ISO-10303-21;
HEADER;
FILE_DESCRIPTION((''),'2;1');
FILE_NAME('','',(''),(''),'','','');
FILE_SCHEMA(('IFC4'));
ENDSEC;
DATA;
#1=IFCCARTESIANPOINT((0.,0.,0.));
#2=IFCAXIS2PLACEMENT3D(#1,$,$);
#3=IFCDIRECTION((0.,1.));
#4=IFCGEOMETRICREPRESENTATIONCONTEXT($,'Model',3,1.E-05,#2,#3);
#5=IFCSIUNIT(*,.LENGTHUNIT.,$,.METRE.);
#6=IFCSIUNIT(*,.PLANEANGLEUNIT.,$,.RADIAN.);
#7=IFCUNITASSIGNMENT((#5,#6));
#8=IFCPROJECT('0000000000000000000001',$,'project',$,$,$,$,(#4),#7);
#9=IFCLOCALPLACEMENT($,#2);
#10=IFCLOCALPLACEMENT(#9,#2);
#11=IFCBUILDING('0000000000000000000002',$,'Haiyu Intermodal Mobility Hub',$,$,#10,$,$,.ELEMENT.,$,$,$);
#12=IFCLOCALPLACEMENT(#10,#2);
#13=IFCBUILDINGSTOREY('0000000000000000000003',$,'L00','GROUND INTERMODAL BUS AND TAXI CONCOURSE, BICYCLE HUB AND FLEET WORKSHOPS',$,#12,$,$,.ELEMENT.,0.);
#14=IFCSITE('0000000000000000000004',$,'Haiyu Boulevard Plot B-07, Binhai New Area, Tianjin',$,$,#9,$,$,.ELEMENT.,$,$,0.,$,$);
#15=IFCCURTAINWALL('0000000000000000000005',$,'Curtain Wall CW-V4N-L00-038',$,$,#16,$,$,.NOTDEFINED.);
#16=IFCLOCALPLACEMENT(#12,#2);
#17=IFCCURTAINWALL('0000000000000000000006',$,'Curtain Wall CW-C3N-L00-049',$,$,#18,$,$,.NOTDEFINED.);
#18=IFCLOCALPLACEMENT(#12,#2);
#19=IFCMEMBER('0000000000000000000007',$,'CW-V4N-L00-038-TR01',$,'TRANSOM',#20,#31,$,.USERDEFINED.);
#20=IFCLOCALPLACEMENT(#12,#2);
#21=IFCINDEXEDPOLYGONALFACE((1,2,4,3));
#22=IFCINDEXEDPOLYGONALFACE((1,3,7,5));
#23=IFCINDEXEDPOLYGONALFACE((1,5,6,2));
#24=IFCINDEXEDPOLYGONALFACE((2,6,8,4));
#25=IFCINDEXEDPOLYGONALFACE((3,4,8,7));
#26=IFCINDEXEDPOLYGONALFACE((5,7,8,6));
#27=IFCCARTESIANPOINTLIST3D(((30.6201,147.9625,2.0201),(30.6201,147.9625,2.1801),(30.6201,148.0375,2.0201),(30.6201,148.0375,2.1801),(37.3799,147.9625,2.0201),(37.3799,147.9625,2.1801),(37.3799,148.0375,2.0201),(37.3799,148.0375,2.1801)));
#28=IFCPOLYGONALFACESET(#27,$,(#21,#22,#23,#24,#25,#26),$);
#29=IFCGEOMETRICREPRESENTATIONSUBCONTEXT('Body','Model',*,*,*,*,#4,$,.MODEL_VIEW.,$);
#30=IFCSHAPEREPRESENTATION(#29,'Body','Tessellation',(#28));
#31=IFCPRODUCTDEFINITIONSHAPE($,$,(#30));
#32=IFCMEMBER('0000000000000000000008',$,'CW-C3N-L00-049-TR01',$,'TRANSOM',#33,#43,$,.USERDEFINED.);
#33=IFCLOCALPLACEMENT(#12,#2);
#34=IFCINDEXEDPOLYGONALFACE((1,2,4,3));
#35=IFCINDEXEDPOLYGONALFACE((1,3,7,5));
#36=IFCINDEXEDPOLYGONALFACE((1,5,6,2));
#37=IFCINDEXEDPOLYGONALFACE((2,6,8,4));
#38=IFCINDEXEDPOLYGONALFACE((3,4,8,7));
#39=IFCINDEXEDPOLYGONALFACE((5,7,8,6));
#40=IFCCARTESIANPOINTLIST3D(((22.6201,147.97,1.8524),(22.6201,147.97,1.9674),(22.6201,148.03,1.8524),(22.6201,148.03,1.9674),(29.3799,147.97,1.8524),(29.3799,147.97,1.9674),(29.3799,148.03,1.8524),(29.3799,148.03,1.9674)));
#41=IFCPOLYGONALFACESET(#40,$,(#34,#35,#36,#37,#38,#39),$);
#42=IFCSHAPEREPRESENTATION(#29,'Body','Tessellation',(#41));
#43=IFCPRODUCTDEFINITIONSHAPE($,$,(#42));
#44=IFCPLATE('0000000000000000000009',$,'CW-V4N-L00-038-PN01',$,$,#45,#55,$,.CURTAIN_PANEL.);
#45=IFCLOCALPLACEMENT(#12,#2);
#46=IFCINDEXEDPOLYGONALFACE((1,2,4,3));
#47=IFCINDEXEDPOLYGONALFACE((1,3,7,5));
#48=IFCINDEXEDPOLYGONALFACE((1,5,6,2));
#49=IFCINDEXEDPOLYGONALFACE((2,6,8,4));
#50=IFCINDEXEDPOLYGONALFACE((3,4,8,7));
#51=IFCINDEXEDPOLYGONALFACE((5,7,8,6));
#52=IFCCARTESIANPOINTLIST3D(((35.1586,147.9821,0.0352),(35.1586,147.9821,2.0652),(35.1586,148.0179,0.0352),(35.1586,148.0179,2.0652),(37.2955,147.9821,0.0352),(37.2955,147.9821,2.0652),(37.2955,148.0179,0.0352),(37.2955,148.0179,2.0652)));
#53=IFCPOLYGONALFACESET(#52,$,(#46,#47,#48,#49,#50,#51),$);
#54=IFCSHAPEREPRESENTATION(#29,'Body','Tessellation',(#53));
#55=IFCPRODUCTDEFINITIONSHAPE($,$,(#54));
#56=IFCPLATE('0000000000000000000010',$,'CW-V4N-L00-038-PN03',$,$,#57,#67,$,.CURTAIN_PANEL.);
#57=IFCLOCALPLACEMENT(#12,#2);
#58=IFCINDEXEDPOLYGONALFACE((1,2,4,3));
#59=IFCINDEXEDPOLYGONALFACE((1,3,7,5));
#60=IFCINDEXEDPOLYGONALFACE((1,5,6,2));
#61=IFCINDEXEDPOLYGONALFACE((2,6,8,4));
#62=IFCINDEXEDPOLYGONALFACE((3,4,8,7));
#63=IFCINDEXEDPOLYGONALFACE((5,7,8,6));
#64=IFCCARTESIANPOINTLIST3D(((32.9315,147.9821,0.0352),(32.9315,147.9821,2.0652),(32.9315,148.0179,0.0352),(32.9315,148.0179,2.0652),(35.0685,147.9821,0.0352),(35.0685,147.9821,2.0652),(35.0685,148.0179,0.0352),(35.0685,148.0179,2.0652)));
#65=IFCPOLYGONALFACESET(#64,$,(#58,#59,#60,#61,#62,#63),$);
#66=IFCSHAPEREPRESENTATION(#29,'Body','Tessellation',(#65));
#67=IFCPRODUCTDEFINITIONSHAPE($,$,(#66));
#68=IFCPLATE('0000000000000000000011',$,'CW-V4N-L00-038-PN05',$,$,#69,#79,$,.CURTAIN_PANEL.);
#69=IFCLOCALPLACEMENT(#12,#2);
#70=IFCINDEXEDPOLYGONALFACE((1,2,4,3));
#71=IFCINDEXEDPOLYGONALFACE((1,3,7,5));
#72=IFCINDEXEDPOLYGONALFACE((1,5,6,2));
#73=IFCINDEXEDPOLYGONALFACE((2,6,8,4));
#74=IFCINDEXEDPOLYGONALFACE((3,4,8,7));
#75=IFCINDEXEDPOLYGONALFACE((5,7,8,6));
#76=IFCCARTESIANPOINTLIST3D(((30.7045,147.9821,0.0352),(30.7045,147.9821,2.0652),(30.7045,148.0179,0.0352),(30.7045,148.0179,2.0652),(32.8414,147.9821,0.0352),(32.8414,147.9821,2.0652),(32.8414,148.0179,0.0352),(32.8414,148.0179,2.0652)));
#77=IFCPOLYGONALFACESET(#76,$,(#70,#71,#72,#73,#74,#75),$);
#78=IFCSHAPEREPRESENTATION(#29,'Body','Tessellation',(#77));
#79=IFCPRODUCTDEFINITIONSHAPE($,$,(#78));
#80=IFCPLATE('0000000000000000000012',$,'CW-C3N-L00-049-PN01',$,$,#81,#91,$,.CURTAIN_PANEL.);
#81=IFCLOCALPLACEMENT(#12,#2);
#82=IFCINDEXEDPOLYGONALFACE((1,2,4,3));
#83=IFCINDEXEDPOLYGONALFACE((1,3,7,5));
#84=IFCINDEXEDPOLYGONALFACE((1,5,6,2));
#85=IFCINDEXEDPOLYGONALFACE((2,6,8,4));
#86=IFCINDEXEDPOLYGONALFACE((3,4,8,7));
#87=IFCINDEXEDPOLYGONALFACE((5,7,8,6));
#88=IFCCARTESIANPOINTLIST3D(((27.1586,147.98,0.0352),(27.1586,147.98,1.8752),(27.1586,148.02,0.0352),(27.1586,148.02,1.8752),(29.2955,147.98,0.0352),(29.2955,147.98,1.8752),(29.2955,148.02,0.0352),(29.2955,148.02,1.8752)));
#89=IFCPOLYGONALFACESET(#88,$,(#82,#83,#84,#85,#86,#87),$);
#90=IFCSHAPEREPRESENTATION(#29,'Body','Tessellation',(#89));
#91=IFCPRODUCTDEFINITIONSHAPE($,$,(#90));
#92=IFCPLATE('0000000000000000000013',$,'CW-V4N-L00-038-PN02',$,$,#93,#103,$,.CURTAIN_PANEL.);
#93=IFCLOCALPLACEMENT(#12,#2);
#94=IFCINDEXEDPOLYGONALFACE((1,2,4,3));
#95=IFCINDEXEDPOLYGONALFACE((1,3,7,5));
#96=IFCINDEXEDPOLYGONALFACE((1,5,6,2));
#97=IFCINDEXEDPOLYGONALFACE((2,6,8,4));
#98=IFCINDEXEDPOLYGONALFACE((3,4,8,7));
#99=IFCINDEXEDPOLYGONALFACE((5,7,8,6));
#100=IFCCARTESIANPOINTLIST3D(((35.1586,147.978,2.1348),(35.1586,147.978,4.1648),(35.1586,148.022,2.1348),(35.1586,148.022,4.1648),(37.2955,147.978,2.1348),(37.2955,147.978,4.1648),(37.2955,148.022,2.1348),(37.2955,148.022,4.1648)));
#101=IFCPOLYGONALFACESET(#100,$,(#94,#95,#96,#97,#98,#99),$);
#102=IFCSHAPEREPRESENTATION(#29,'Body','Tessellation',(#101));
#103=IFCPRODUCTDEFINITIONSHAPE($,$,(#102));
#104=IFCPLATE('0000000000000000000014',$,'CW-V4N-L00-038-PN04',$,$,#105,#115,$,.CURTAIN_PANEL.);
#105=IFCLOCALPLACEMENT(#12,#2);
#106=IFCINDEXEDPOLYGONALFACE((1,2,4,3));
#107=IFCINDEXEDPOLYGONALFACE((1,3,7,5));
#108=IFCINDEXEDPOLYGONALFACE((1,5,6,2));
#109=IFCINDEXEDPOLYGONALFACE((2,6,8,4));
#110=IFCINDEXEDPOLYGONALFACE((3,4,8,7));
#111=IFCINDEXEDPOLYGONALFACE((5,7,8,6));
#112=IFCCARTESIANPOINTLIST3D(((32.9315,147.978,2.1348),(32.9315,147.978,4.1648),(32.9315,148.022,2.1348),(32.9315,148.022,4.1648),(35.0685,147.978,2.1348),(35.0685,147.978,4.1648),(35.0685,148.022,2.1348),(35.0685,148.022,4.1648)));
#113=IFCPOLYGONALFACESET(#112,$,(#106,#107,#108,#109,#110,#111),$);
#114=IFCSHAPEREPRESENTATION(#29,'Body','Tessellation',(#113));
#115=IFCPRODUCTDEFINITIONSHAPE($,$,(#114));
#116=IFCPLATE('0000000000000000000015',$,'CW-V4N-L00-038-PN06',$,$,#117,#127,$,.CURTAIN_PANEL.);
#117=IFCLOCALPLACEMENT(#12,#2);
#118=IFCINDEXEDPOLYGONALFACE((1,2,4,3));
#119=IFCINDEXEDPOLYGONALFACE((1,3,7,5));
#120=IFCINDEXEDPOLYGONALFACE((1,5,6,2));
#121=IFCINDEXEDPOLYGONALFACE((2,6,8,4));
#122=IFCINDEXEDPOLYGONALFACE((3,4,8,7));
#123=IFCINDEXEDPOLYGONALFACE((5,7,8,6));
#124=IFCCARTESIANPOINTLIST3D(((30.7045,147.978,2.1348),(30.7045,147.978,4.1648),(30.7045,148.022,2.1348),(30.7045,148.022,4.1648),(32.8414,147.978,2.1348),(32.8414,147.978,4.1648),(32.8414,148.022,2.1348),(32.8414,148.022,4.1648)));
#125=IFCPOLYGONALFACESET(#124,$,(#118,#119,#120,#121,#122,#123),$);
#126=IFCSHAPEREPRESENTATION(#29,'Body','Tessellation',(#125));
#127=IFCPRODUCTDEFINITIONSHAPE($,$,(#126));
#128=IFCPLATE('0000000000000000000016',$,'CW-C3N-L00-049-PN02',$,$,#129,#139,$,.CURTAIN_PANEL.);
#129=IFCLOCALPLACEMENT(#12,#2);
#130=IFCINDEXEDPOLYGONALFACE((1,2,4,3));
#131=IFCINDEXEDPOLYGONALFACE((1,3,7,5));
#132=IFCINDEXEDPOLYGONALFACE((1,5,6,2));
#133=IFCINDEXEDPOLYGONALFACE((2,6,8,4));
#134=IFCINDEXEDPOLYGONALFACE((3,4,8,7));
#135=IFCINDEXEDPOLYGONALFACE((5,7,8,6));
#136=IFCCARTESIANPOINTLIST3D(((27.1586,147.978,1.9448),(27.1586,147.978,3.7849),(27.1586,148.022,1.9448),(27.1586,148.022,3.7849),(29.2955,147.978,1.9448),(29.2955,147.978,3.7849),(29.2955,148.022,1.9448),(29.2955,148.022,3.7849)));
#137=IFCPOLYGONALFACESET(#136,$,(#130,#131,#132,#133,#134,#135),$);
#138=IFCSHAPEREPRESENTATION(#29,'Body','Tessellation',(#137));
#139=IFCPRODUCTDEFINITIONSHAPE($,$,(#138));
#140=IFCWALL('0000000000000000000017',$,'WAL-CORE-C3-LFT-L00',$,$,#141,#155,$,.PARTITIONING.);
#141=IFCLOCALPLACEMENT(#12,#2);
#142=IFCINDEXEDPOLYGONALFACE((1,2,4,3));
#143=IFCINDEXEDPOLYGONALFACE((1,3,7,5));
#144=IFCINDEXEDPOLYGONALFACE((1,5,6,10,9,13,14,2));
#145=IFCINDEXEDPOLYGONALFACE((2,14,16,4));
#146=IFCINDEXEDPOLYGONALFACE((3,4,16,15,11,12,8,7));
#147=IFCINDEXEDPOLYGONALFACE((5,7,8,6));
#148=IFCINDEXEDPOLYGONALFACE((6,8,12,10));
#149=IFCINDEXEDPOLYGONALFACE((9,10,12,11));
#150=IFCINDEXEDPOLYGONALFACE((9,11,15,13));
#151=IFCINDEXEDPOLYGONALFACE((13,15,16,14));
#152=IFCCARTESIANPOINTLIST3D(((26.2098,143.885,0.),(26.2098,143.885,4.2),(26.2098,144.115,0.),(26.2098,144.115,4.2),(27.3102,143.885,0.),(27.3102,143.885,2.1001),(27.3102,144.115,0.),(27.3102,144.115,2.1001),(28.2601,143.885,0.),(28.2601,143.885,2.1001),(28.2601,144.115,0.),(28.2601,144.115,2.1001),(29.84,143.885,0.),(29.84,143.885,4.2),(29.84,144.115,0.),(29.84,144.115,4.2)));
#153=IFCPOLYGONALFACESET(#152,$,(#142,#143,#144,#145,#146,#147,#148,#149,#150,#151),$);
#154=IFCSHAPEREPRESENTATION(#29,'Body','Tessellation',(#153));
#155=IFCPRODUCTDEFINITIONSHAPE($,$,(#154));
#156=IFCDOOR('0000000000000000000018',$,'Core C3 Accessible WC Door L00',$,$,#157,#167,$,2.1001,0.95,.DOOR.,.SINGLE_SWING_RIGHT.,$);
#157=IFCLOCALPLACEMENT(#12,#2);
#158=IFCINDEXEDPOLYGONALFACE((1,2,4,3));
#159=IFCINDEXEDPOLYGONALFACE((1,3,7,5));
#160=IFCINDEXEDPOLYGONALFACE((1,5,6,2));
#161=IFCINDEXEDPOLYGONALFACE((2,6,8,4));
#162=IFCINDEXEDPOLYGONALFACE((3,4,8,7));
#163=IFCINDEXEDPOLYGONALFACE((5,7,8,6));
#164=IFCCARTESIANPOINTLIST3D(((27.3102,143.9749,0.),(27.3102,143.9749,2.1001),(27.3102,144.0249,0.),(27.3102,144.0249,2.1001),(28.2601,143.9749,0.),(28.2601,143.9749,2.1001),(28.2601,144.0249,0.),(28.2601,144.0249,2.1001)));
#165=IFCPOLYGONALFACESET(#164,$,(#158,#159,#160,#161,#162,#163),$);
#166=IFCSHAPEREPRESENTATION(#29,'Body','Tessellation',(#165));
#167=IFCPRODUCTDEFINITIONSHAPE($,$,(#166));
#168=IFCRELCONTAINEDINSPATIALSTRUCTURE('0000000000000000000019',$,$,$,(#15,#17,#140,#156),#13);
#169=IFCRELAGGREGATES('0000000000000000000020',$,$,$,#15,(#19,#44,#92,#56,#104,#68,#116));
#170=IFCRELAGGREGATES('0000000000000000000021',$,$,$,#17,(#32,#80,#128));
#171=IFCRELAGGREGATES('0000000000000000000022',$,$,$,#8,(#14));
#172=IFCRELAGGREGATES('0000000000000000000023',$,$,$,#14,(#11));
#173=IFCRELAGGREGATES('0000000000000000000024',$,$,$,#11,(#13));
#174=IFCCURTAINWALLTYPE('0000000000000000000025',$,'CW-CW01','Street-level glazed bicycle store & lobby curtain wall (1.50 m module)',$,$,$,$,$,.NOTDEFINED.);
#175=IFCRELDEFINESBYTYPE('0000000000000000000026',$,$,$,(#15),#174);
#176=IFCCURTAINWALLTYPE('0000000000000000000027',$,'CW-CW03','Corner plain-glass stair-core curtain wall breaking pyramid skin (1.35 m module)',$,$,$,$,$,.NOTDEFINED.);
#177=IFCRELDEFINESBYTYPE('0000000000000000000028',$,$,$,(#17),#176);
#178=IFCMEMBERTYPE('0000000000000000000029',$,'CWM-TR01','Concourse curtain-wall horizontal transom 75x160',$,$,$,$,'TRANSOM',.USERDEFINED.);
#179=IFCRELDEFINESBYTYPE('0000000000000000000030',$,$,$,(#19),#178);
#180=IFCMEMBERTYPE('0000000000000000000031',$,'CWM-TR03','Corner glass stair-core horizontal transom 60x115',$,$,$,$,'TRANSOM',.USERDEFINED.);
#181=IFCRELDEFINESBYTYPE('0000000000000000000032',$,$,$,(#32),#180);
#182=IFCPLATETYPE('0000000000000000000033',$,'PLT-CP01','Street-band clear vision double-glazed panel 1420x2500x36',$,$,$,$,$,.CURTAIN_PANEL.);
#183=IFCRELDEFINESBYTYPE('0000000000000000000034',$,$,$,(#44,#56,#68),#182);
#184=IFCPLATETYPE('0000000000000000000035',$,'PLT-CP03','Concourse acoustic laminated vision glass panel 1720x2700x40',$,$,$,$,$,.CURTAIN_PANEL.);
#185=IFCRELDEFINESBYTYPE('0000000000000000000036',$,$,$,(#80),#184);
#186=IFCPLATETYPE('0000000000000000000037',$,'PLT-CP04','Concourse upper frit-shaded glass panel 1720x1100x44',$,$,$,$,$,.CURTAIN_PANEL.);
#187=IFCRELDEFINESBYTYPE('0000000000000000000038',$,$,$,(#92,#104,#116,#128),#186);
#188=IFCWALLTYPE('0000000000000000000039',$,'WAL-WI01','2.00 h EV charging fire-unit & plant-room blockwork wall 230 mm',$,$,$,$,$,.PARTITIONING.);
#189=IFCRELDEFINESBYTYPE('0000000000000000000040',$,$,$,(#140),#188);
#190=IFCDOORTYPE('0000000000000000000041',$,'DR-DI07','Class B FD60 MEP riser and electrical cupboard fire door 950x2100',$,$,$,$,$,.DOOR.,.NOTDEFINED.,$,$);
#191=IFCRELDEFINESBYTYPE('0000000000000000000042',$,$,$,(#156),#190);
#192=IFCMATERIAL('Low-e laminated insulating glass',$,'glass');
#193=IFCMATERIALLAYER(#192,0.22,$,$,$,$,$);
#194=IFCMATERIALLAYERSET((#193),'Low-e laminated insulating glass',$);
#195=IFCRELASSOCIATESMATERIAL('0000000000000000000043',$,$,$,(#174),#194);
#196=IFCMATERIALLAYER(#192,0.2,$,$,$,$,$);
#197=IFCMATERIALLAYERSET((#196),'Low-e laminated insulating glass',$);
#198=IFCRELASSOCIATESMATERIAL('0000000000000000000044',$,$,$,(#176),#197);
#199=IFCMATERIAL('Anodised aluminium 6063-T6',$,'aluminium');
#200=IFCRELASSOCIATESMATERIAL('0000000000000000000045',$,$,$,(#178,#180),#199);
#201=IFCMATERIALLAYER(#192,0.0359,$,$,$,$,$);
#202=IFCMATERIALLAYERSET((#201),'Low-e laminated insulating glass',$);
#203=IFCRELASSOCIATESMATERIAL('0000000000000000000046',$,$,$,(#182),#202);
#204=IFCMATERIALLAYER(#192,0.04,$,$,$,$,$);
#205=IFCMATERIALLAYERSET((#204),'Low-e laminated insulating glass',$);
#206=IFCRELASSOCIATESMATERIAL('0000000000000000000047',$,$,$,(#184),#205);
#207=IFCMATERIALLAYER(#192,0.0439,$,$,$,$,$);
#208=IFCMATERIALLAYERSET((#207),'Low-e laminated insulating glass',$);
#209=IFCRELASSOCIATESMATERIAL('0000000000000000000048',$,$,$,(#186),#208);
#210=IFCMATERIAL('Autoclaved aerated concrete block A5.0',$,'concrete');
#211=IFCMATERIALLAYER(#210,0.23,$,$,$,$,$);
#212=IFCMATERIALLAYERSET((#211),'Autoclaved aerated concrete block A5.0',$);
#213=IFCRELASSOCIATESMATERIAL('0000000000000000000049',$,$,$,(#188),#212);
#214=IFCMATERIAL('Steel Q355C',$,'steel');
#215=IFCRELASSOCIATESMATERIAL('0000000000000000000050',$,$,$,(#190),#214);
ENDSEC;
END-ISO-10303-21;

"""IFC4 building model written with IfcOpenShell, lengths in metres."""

from ifc_helpers import new_model, si_unit, direction, frame, frame_2d, origin, origin_2d, place, context, subcontext, project, spatial, rectangle, extrude, material, layer, layer_set, material_profile, profile_set, type_object, element, fill, aggregate, save


model = new_model("IFC4")

# Units and contexts
model_context = context("Model", 3, precision=1e-05, world=origin(), true_north=direction((0.0, 1.0)))
body_context = subcontext(model_context, "Body", "Model", "MODEL_VIEW")
ifc_project = project(units=[si_unit("LENGTHUNIT", "METRE"), si_unit("PLANEANGLEUNIT", "RADIAN")], contexts=[model_context])

# Site, building, storey
site_placement = place(None, origin())
site = spatial("IfcSite", under=ifc_project, at=site_placement, Name="Haiyu Boulevard Plot B-07, Binhai New Area, Tianjin", CompositionType="ELEMENT", RefElevation=0.0)
building_placement = place(site_placement, origin())
building = spatial("IfcBuilding", under=site, at=building_placement, Name="Haiyu Intermodal Mobility Hub", CompositionType="ELEMENT")
storey_placement = place(building_placement, origin())
storey = spatial("IfcBuildingStorey", under=building, at=storey_placement, Name="L00", Description="GROUND INTERMODAL BUS AND TAXI CONCOURSE, BICYCLE HUB AND FLEET WORKSHOPS", CompositionType="ELEMENT", Elevation=0.0)

# Shared definitions
ifc_material_1 = material(Name="Steel Q355C", Category="steel")

# Curtain walls
ifc_material_2 = material(Name="Low-e laminated insulating glass", Category="glass")
ifc_layer_1 = layer(ifc_material_2, 0.22)
ifc_layer_set_1 = layer_set([ifc_layer_1], Name="Low-e laminated insulating glass")
curtain_wall_type_1 = type_object("IfcCurtainWallType", Name="CW-CW01", Description="Street-level glazed bicycle store & lobby curtain wall (1.50 m module)", PredefinedType="NOTDEFINED", material=ifc_layer_set_1)
curtain_wall_1_placement = place(storey_placement, origin())
curtain_wall_1 = element("IfcCurtainWall", 1, at=curtain_wall_1_placement, inside=storey, type_object=curtain_wall_type_1, Name="Curtain Wall CW-V4N-L00-038", PredefinedType="NOTDEFINED")
ifc_material_3 = material(Name="Anodised aluminium 6063-T6", Category="aluminium")
ifc_layer_2 = layer(ifc_material_2, 0.2)
ifc_layer_set_2 = layer_set([ifc_layer_2], Name="Low-e laminated insulating glass")
curtain_wall_type_2 = type_object("IfcCurtainWallType", Name="CW-CW03", Description="Corner plain-glass stair-core curtain wall breaking pyramid skin (1.35 m module)", PredefinedType="NOTDEFINED", material=ifc_layer_set_2)
curtain_wall_2_placement = place(storey_placement, origin())
curtain_wall_2 = element("IfcCurtainWall", 2, at=curtain_wall_2_placement, inside=storey, type_object=curtain_wall_type_2, Name="Curtain Wall CW-C3N-L00-049", PredefinedType="NOTDEFINED")

# Members
ifc_material_profile_1 = material_profile(ifc_material_3, rectangle(XDim=0.075, YDim=0.1599, at=origin_2d()), Name="ALU75x160")
ifc_profile_set_1 = profile_set([ifc_material_profile_1], Name="Anodised aluminium 6063-T6")
member_type_1 = type_object("IfcMemberType", Name="CWM-TR01", Description="Concourse curtain-wall horizontal transom 75x160", ElementType="TRANSOM", PredefinedType="USERDEFINED", material=ifc_profile_set_1)
member_1_placement = place(storey_placement, frame((37.3799, 148.0, 2.1001), z_axis=(-1.0, 0.0, 0.0), x_axis=(0.0, -1.0, 0.0)))
member_1 = element("IfcMember", 3, at=member_1_placement, type_object=member_type_1, Name="CW-V4N-L00-038-TR01", ObjectType="TRANSOM", PredefinedType="USERDEFINED", context=body_context, shape_type="SweptSolid", body=[
    extrude(rectangle(XDim=0.075, YDim=0.1599, at=origin_2d()), origin(), (0.0, 0.0, 1.0), 6.7598),
])
ifc_material_profile_2 = material_profile(ifc_material_3, rectangle(XDim=0.0601, YDim=0.115, at=origin_2d()), Name="ALU60x115")
ifc_profile_set_2 = profile_set([ifc_material_profile_2], Name="Anodised aluminium 6063-T6")
member_type_2 = type_object("IfcMemberType", Name="CWM-TR03", Description="Corner glass stair-core horizontal transom 60x115", ElementType="TRANSOM", PredefinedType="USERDEFINED", material=ifc_profile_set_2)
member_2_placement = place(storey_placement, frame((29.3799, 148.0, 1.9099), z_axis=(-1.0, 0.0, 0.0), x_axis=(0.0, -1.0, 0.0)))
member_2 = element("IfcMember", 4, at=member_2_placement, type_object=member_type_2, Name="CW-C3N-L00-049-TR01", ObjectType="TRANSOM", PredefinedType="USERDEFINED", context=body_context, shape_type="SweptSolid", body=[
    extrude(rectangle(XDim=0.0601, YDim=0.115, at=origin_2d()), origin(), (0.0, 0.0, 1.0), 6.7598),
])

# Plates
ifc_layer_3 = layer(ifc_material_2, 0.0359)
ifc_layer_set_3 = layer_set([ifc_layer_3], Name="Low-e laminated insulating glass")
plate_type_1 = type_object("IfcPlateType", Name="PLT-CP01", Description="Street-band clear vision double-glazed panel 1420x2500x36", PredefinedType="CURTAIN_PANEL", material=ifc_layer_set_3)
plate_1_placement = place(storey_placement, frame((36.2271, 148.0, 0.0352), z_axis=(0.0, 0.0, 1.0), x_axis=(-1.0, 0.0, 0.0)))
plate_1 = element("IfcPlate", 5, at=plate_1_placement, type_object=plate_type_1, Name="CW-V4N-L00-038-PN01", PredefinedType="CURTAIN_PANEL", context=body_context, shape_type="SweptSolid", body=[
    extrude(rectangle(XDim=2.137, YDim=0.0359, at=origin_2d()), origin(), (0.0, 0.0, 1.0), 2.03),
])
plate_2_placement = place(storey_placement, frame((34.0, 148.0, 0.0352), z_axis=(0.0, 0.0, 1.0), x_axis=(-1.0, 0.0, 0.0)))
plate_2 = element("IfcPlate", 6, at=plate_2_placement, type_object=plate_type_1, Name="CW-V4N-L00-038-PN03", PredefinedType="CURTAIN_PANEL", context=body_context, shape_type="SweptSolid", body=[
    extrude(rectangle(XDim=2.137, YDim=0.0359, at=origin_2d()), origin(), (0.0, 0.0, 1.0), 2.03),
])
plate_3_placement = place(storey_placement, frame((31.7729, 148.0, 0.0352), z_axis=(0.0, 0.0, 1.0), x_axis=(-1.0, 0.0, 0.0)))
plate_3 = element("IfcPlate", 7, at=plate_3_placement, type_object=plate_type_1, Name="CW-V4N-L00-038-PN05", PredefinedType="CURTAIN_PANEL", context=body_context, shape_type="SweptSolid", body=[
    extrude(rectangle(XDim=2.137, YDim=0.0359, at=origin_2d()), origin(), (0.0, 0.0, 1.0), 2.03),
])
ifc_layer_4 = layer(ifc_material_2, 0.04)
ifc_layer_set_4 = layer_set([ifc_layer_4], Name="Low-e laminated insulating glass")
plate_type_2 = type_object("IfcPlateType", Name="PLT-CP03", Description="Concourse acoustic laminated vision glass panel 1720x2700x40", PredefinedType="CURTAIN_PANEL", material=ifc_layer_set_4)
plate_4_placement = place(storey_placement, frame((28.2271, 148.0, 0.0352), z_axis=(0.0, 0.0, 1.0), x_axis=(-1.0, 0.0, 0.0)))
plate_4 = element("IfcPlate", 8, at=plate_4_placement, type_object=plate_type_2, Name="CW-C3N-L00-049-PN01", PredefinedType="CURTAIN_PANEL", context=body_context, shape_type="SweptSolid", body=[
    extrude(rectangle(XDim=2.137, YDim=0.04, at=origin_2d()), origin(), (0.0, 0.0, 1.0), 1.8401),
])
ifc_layer_5 = layer(ifc_material_2, 0.0439)
ifc_layer_set_5 = layer_set([ifc_layer_5], Name="Low-e laminated insulating glass")
plate_type_3 = type_object("IfcPlateType", Name="PLT-CP04", Description="Concourse upper frit-shaded glass panel 1720x1100x44", PredefinedType="CURTAIN_PANEL", material=ifc_layer_set_5)
plate_5_placement = place(storey_placement, frame((36.2271, 148.0, 2.1348), z_axis=(0.0, 0.0, 1.0), x_axis=(-1.0, 0.0, 0.0)))
plate_5 = element("IfcPlate", 9, at=plate_5_placement, type_object=plate_type_3, Name="CW-V4N-L00-038-PN02", PredefinedType="CURTAIN_PANEL", context=body_context, shape_type="SweptSolid", body=[
    extrude(rectangle(XDim=2.137, YDim=0.0439, at=origin_2d()), origin(), (0.0, 0.0, 1.0), 2.03),
])
plate_6_placement = place(storey_placement, frame((34.0, 148.0, 2.1348), z_axis=(0.0, 0.0, 1.0), x_axis=(-1.0, 0.0, 0.0)))
plate_6 = element("IfcPlate", 10, at=plate_6_placement, type_object=plate_type_3, Name="CW-V4N-L00-038-PN04", PredefinedType="CURTAIN_PANEL", context=body_context, shape_type="SweptSolid", body=[
    extrude(rectangle(XDim=2.137, YDim=0.0439, at=origin_2d()), origin(), (0.0, 0.0, 1.0), 2.03),
])
plate_7_placement = place(storey_placement, frame((31.7729, 148.0, 2.1348), z_axis=(0.0, 0.0, 1.0), x_axis=(-1.0, 0.0, 0.0)))
plate_7 = element("IfcPlate", 11, at=plate_7_placement, type_object=plate_type_3, Name="CW-V4N-L00-038-PN06", PredefinedType="CURTAIN_PANEL", context=body_context, shape_type="SweptSolid", body=[
    extrude(rectangle(XDim=2.137, YDim=0.0439, at=origin_2d()), origin(), (0.0, 0.0, 1.0), 2.03),
])
aggregate(curtain_wall_1, [member_1, plate_1, plate_5, plate_2, plate_6, plate_3, plate_7])
plate_8_placement = place(storey_placement, frame((28.2271, 148.0, 1.9448), z_axis=(0.0, 0.0, 1.0), x_axis=(-1.0, 0.0, 0.0)))
plate_8 = element("IfcPlate", 12, at=plate_8_placement, type_object=plate_type_3, Name="CW-C3N-L00-049-PN02", PredefinedType="CURTAIN_PANEL", context=body_context, shape_type="SweptSolid", body=[
    extrude(rectangle(XDim=2.137, YDim=0.0439, at=origin_2d()), origin(), (0.0, 0.0, 1.0), 1.8401),
])
aggregate(curtain_wall_2, [member_2, plate_4, plate_8])

# Wall, opening, door
ifc_material_4 = material(Name="Autoclaved aerated concrete block A5.0", Category="concrete")
ifc_layer_6 = layer(ifc_material_4, 0.23)
ifc_layer_set_6 = layer_set([ifc_layer_6], Name="Autoclaved aerated concrete block A5.0")
wall_type = type_object("IfcWallType", Name="WAL-WI01", Description="2.00 h EV charging fire-unit & plant-room blockwork wall 230 mm", PredefinedType="PARTITIONING", material=ifc_layer_set_6)
wall_placement = place(storey_placement, frame((26.21, 144.0, 0.0), z_axis=(0.0, 0.0, 1.0), x_axis=(1.0, 0.0, 0.0)))
wall = element("IfcWall", 13, at=wall_placement, inside=storey, type_object=wall_type, Name="WAL-CORE-C3-LFT-L00", PredefinedType="PARTITIONING", context=body_context, shape_type="SweptSolid", body=[
    extrude(rectangle(XDim=3.6301, YDim=0.23, at=frame_2d((1.8149, 0.0))), origin(), (0.0, 0.0, 1.0), 4.2),
])
opening_placement = place(wall_placement, frame((1.1001, 0.0, 0.0)))
opening = element("IfcOpeningElement", 14, at=opening_placement, cuts=wall, PredefinedType="OPENING", context=body_context, shape_type="SweptSolid", body=[
    extrude(rectangle(XDim=0.95, YDim=2.1001, at=frame_2d((0.4751, 1.05))), frame((0.0, 0.125, 0.0), z_axis=(0.0, -1.0, 0.0), x_axis=(1.0, 0.0, 0.0)), (0.0, 0.0, 1.0), 0.25),
])
door_type = type_object("IfcDoorType", Name="DR-DI07", Description="Class B FD60 MEP riser and electrical cupboard fire door 950x2100", OperationType="NOTDEFINED", PredefinedType="DOOR", material=ifc_material_1)
door_placement = place(opening_placement, origin())
door = element("IfcDoor", 15, at=door_placement, inside=storey, type_object=door_type, Name="Core C3 Accessible WC Door L00", OperationType="SINGLE_SWING_RIGHT", OverallHeight=2.1001, OverallWidth=0.95, PredefinedType="DOOR", context=body_context, shape_type="SweptSolid", body=[
    extrude(rectangle(XDim=0.95, YDim=2.1001, at=frame_2d((0.4751, 1.05))), frame((0.0, 0.0249, 0.0), z_axis=(0.0, -1.0, 0.0), x_axis=(1.0, 0.0, 0.0)), (0.0, 0.0, 1.0), 0.05),
])
fill(opening, door)

save(model, "model.ifc")
